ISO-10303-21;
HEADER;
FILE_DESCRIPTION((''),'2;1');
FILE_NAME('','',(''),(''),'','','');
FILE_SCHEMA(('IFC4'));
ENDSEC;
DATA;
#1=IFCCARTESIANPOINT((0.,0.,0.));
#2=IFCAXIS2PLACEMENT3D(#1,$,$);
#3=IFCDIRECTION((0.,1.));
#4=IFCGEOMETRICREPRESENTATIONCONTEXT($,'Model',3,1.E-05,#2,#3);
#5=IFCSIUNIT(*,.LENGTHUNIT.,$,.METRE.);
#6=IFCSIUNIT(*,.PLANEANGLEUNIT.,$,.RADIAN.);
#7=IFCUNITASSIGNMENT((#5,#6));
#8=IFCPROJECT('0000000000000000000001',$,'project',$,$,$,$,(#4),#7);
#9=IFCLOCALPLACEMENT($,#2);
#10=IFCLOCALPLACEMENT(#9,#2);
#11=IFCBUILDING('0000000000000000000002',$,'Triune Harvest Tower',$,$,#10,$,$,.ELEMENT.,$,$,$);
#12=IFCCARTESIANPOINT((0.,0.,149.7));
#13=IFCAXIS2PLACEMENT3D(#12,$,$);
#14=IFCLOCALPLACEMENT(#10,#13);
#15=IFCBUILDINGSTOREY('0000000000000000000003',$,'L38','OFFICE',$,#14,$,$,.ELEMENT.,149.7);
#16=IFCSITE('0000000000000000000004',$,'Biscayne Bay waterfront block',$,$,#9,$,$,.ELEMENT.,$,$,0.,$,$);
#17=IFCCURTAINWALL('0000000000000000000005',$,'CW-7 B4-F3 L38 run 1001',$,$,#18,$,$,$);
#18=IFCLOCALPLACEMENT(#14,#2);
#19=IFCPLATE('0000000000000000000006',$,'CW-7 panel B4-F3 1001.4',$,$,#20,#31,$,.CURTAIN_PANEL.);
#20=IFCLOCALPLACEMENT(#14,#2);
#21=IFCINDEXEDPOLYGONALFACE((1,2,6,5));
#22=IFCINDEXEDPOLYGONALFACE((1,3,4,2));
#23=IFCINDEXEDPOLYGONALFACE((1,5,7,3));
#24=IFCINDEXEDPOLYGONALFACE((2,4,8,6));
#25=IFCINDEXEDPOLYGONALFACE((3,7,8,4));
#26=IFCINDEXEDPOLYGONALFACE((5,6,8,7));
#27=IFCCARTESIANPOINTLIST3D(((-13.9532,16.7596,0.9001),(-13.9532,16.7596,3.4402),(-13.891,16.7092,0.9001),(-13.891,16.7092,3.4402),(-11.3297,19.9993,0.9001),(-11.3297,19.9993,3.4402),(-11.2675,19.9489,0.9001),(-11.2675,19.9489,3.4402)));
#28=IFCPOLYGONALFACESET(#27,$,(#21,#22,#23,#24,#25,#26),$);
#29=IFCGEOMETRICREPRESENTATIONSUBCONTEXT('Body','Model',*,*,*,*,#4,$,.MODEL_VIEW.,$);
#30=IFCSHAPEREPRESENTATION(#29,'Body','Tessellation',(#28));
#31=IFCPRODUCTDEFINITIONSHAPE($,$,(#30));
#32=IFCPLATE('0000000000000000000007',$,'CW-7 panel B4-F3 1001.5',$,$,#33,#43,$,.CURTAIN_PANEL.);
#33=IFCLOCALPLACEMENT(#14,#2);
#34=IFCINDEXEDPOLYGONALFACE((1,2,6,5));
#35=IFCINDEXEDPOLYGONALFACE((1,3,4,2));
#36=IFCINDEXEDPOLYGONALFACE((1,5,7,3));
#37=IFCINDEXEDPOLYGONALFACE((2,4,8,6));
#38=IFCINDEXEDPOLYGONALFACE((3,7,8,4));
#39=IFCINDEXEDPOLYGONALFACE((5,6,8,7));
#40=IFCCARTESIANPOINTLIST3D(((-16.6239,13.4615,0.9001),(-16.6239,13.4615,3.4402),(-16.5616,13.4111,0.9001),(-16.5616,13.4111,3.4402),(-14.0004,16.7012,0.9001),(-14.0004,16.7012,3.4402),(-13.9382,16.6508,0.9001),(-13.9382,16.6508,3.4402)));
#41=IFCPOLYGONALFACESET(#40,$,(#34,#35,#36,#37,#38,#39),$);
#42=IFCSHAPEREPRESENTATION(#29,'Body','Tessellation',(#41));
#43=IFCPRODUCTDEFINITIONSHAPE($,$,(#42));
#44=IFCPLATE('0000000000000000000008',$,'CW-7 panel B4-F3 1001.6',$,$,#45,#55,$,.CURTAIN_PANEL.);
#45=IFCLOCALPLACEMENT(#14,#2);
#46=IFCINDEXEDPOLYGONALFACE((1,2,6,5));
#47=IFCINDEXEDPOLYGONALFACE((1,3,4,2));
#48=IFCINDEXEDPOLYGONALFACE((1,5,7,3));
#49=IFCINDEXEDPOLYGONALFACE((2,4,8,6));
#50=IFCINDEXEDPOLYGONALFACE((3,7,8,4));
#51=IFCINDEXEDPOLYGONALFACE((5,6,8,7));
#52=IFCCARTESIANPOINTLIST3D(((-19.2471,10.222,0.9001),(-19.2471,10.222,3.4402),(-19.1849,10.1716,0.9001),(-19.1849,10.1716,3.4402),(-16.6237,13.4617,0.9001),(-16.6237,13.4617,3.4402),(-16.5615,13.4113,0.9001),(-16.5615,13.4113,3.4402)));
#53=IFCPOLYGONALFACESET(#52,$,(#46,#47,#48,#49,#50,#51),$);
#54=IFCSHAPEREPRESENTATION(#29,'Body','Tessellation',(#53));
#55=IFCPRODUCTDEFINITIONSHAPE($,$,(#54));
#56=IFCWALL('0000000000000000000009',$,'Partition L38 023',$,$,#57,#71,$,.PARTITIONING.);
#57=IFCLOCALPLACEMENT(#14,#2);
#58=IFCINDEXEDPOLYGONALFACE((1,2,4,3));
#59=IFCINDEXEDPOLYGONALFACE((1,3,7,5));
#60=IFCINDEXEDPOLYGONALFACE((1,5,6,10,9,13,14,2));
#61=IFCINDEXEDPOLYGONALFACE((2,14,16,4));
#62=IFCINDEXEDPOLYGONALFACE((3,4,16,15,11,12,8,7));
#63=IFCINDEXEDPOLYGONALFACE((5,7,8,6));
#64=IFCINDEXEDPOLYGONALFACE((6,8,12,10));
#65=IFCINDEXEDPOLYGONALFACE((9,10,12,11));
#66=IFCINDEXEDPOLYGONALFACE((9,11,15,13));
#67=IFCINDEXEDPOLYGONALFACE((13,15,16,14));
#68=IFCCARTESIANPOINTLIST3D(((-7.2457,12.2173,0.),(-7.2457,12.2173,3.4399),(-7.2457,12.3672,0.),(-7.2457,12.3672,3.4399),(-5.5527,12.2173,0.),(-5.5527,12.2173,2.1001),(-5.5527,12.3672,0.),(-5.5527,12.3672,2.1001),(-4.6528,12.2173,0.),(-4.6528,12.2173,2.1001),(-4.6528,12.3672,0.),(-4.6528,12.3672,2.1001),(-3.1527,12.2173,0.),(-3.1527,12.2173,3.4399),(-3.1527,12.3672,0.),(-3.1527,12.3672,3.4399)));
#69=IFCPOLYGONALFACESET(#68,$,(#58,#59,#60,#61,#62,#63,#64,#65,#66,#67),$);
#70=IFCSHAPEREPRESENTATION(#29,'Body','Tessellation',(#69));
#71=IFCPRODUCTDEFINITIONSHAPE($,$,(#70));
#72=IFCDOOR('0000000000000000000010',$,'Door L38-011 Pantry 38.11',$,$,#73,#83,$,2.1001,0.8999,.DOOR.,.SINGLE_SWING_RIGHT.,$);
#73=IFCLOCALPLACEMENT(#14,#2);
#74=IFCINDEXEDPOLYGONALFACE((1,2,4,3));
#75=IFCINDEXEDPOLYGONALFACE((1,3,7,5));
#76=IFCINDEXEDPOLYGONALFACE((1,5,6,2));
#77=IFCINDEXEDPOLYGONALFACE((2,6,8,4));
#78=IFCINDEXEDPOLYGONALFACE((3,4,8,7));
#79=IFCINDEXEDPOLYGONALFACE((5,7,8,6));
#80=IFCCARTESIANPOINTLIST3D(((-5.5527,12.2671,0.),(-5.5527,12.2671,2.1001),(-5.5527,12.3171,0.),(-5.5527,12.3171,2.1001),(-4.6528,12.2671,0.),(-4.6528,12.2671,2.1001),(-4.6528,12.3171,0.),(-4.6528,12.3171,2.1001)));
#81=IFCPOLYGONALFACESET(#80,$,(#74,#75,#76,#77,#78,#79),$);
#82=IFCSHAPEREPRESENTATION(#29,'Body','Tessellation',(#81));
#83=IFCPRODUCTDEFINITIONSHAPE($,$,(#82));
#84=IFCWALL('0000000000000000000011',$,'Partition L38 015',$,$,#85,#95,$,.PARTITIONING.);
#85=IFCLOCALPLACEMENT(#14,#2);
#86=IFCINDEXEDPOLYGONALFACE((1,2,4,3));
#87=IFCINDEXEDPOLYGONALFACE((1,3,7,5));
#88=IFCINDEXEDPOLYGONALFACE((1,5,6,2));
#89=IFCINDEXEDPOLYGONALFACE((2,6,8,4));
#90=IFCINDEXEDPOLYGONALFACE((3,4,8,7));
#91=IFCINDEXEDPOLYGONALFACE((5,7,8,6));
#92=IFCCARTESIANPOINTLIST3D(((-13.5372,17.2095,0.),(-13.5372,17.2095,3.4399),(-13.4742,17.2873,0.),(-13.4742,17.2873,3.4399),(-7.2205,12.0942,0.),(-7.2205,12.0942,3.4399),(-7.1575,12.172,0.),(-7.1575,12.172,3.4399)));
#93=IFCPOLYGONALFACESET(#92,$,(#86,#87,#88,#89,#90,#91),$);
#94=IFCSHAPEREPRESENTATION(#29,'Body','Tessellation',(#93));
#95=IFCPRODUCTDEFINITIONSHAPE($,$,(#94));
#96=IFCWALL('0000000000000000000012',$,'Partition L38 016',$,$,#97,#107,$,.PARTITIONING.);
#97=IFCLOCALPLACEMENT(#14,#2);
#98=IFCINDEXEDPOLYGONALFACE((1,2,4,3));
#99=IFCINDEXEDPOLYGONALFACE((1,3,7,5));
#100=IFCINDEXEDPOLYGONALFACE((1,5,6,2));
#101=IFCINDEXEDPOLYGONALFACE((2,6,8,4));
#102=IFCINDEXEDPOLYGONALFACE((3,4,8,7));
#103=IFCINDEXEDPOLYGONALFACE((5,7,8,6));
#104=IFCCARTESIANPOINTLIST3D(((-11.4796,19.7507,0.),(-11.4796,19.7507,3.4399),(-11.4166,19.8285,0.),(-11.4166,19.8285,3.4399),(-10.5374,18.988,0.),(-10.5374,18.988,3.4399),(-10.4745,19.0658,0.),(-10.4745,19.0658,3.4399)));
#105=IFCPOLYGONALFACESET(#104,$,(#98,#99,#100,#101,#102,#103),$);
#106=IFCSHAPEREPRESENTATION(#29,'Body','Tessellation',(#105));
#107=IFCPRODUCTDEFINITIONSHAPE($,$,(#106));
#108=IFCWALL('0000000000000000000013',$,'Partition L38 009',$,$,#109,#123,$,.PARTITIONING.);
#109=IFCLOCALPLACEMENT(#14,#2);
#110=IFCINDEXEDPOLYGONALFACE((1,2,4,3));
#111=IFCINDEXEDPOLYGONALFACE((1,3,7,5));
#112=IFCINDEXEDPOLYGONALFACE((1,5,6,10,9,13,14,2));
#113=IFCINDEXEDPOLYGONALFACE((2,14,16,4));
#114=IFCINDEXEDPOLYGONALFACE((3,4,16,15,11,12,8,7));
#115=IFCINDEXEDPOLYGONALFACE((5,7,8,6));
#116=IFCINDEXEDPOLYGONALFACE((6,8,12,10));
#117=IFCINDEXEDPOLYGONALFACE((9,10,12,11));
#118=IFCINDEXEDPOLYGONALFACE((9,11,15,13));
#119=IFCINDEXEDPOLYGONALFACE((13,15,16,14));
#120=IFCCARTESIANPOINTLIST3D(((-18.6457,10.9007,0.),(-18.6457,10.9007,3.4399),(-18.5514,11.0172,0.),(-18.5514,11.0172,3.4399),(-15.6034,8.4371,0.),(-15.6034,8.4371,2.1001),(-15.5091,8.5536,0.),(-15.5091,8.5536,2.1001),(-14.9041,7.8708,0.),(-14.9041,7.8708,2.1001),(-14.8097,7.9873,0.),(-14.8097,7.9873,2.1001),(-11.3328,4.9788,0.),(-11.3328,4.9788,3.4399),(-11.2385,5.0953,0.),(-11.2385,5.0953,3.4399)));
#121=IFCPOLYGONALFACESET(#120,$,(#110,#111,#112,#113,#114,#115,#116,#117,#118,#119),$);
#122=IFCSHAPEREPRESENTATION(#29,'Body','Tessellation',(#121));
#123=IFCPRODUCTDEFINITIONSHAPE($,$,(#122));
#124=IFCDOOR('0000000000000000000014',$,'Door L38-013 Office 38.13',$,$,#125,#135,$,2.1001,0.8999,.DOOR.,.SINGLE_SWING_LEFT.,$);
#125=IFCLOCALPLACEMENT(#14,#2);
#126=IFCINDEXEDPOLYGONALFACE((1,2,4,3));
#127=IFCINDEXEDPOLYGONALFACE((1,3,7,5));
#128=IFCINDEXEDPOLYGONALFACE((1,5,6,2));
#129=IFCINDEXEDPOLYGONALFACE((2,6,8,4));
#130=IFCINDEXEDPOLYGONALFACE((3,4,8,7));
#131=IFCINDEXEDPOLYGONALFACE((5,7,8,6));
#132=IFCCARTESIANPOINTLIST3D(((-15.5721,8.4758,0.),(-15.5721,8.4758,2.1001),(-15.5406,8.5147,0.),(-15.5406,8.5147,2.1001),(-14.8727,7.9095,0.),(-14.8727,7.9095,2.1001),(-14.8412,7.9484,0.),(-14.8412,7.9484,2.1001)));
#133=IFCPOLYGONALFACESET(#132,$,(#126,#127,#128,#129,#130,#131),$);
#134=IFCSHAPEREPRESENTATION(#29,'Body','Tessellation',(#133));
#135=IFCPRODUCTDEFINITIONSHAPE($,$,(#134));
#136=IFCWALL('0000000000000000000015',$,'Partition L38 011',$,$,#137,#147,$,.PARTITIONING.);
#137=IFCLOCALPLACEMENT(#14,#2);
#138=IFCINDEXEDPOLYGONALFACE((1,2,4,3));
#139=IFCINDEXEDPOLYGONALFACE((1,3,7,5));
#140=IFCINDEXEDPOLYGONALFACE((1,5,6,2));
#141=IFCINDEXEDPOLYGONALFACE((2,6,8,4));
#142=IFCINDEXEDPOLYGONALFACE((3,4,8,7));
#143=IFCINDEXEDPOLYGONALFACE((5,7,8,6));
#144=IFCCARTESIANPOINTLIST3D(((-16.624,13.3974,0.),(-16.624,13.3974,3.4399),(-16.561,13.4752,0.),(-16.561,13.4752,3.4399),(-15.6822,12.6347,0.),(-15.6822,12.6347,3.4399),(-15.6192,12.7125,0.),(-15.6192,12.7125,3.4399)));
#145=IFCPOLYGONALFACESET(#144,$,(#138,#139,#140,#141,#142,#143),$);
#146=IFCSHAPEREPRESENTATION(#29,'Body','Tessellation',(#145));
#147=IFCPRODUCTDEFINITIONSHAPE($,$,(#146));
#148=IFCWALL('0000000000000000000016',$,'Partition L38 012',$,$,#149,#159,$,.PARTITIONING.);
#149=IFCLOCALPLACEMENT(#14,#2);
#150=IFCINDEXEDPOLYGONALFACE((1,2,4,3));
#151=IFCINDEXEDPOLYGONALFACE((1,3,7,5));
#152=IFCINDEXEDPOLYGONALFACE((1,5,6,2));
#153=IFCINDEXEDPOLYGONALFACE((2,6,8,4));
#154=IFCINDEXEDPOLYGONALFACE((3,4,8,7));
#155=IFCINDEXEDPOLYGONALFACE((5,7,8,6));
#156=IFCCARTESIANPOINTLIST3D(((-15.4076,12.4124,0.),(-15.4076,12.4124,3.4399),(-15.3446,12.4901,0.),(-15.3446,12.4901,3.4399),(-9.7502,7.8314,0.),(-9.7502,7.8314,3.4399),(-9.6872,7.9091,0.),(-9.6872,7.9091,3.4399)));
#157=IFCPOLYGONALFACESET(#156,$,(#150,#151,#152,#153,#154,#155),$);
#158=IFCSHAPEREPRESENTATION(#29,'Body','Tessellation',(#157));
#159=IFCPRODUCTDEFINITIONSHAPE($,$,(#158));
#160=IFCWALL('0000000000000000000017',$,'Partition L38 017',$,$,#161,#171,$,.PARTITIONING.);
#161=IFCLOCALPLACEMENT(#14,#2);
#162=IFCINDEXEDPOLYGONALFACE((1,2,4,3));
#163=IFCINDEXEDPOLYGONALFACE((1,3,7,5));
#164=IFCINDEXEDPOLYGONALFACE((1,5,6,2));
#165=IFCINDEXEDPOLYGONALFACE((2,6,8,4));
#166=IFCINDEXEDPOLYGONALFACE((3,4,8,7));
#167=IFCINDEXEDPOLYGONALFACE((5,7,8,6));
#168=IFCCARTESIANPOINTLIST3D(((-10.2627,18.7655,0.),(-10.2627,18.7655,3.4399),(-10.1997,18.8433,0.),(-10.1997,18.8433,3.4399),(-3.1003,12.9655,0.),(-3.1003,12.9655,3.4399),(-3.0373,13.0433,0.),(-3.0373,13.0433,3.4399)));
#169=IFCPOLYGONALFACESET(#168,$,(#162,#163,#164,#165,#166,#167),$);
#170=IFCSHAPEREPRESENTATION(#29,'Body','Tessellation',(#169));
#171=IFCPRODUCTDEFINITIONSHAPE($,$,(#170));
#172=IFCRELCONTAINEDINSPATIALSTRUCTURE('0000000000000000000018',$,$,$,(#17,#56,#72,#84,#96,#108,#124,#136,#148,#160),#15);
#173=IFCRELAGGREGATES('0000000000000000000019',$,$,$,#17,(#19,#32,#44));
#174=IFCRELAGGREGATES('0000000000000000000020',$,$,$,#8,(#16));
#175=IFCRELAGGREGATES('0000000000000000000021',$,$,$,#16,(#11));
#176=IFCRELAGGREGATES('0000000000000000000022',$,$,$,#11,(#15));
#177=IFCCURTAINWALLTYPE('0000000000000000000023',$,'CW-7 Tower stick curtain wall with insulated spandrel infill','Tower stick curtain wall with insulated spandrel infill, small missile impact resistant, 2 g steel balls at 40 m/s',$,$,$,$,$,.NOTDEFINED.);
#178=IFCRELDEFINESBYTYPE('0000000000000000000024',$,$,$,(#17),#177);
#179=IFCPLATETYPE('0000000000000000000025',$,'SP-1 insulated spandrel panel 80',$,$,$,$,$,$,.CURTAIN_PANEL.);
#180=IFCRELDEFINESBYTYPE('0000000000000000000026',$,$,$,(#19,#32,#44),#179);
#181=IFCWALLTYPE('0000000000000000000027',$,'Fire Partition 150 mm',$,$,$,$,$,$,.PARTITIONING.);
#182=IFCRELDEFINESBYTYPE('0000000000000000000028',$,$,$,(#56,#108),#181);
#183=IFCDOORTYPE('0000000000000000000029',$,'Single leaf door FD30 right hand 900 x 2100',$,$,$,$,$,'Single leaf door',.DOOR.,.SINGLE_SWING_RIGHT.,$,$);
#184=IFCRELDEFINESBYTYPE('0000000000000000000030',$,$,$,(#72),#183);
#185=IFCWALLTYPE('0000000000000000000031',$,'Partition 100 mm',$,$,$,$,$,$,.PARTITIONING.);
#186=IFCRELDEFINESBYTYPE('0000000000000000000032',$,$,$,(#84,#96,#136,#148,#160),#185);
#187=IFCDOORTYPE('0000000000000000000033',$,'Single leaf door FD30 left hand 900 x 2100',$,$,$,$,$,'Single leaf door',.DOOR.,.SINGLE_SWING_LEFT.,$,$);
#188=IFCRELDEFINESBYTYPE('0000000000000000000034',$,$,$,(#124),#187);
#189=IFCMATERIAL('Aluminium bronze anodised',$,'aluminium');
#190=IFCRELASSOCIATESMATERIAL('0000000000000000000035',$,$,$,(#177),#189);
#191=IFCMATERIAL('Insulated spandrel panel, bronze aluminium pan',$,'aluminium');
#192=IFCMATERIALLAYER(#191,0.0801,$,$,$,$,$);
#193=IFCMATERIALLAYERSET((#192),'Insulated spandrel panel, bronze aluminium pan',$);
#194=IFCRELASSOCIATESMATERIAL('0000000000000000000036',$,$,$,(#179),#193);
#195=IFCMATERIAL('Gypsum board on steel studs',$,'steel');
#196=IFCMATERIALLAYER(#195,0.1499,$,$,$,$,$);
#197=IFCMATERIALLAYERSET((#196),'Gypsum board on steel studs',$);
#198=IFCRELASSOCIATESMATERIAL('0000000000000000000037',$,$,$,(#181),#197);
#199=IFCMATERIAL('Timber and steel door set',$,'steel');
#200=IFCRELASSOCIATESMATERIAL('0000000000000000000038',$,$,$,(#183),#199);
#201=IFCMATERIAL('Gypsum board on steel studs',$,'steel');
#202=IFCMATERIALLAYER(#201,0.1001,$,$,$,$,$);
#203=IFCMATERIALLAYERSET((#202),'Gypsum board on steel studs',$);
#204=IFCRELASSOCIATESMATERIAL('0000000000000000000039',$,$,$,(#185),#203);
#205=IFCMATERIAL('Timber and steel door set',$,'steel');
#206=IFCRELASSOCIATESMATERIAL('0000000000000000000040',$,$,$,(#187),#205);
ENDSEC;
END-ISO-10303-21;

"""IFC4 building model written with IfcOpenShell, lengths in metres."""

from ifc_helpers import new_model, si_unit, direction, frame, frame_2d, origin, origin_2d, place, context, subcontext, project, spatial, rectangle, extrude, source, transform, mapped, material, layer, layer_set, type_object, element, fill, aggregate, save


model = new_model("IFC4")

# Units and contexts
model_context = context("Model", 3, precision=1e-05, world=origin(), true_north=direction((0.0, 1.0)))
body_context = subcontext(model_context, "Body", "Model", "MODEL_VIEW")
ifc_project = project(units=[si_unit("LENGTHUNIT", "METRE"), si_unit("PLANEANGLEUNIT", "RADIAN")], contexts=[model_context])

# Site, building, storey
site_placement = place(None, origin())
site = spatial("IfcSite", under=ifc_project, at=site_placement, Name="Biscayne Bay waterfront block", CompositionType="ELEMENT", RefElevation=0.0)
building_placement = place(site_placement, origin())
building = spatial("IfcBuilding", under=site, at=building_placement, Name="Triune Harvest Tower", CompositionType="ELEMENT")
storey_placement = place(building_placement, frame((0.0, 0.0, 149.7)))
storey = spatial("IfcBuildingStorey", under=building, at=storey_placement, Name="L38", Description="OFFICE", CompositionType="ELEMENT", Elevation=149.7)

# Curtain wall, plates
ifc_material_1 = material(Name="Aluminium bronze anodised", Category="aluminium")
curtain_wall_type = type_object("IfcCurtainWallType", Name="CW-7 Tower stick curtain wall with insulated spandrel infill", Description="Tower stick curtain wall with insulated spandrel infill, small missile impact resistant, 2 g steel balls at 40 m/s", PredefinedType="NOTDEFINED", material=ifc_material_1)
curtain_wall_placement = place(storey_placement, origin())
curtain_wall = element("IfcCurtainWall", 1, at=curtain_wall_placement, inside=storey, type_object=curtain_wall_type, Name="CW-7 B4-F3 L38 run 1001")
ifc_material_2 = material(Name="Insulated spandrel panel, bronze aluminium pan", Category="aluminium")
ifc_layer_1 = layer(ifc_material_2, 0.0801)
ifc_layer_set_1 = layer_set([ifc_layer_1], Name="Insulated spandrel panel, bronze aluminium pan")
plate_type = type_object("IfcPlateType", Name="SP-1 insulated spandrel panel 80", PredefinedType="CURTAIN_PANEL", material=ifc_layer_set_1)
shared_shape_1 = source(origin(), body_context, "Body", "SweptSolid", [
    extrude(rectangle(XDim=4.1687, YDim=0.0801, at=origin_2d()), origin(), (0.0, 0.0, 1.0), 2.54),
])
plate_1_placement = place(storey_placement, frame((-12.6104, 18.3542, 0.9001), z_axis=(0.0, 0.0, 1.0), x_axis=(-0.629322, -0.777144, 0.0)))
plate_1 = element("IfcPlate", 2, at=plate_1_placement, type_object=plate_type, Name="CW-7 panel B4-F3 1001.4", PredefinedType="CURTAIN_PANEL", context=body_context, shape_type="MappedRepresentation", body=[
    mapped(shared_shape_1, transform((0.0, 0.0, 0.0), scale=1.0)),
])
plate_2_placement = place(storey_placement, frame((-15.281, 15.0562, 0.9001), z_axis=(0.0, 0.0, 1.0), x_axis=(-0.629322, -0.777144, 0.0)))
plate_2 = element("IfcPlate", 3, at=plate_2_placement, type_object=plate_type, Name="CW-7 panel B4-F3 1001.5", PredefinedType="CURTAIN_PANEL", context=body_context, shape_type="MappedRepresentation", body=[
    mapped(shared_shape_1, transform((0.0, 0.0, 0.0), scale=1.0)),
])
plate_3_placement = place(storey_placement, frame((-17.9043, 11.8167, 0.9001), z_axis=(0.0, 0.0, 1.0), x_axis=(-0.629322, -0.777144, 0.0)))
plate_3 = element("IfcPlate", 4, at=plate_3_placement, type_object=plate_type, Name="CW-7 panel B4-F3 1001.6", PredefinedType="CURTAIN_PANEL", context=body_context, shape_type="MappedRepresentation", body=[
    mapped(shared_shape_1, transform((0.0, 0.0, 0.0), scale=1.0)),
])
aggregate(curtain_wall, [plate_1, plate_2, plate_3])

# Wall, opening, door
ifc_material_3 = material(Name="Gypsum board on steel studs", Category="steel")
ifc_layer_2 = layer(ifc_material_3, 0.1499)
ifc_layer_set_2 = layer_set([ifc_layer_2], Name="Gypsum board on steel studs")
wall_type_1 = type_object("IfcWallType", Name="Fire Partition 150 mm", PredefinedType="PARTITIONING", material=ifc_layer_set_2)
wall_1_placement = place(storey_placement, frame((-7.2456, 12.2922, 0.0), z_axis=(0.0, 0.0, 1.0), x_axis=(1.0, 0.0, 0.0)))
wall_1 = element("IfcWall", 5, at=wall_1_placement, inside=storey, type_object=wall_type_1, Name="Partition L38 023", PredefinedType="PARTITIONING", context=body_context, shape_type="SweptSolid", body=[
    extrude(rectangle(XDim=4.093, YDim=0.1499, at=frame_2d((2.0464, 0.0))), origin(), (0.0, 0.0, 1.0), 3.4399),
])
opening_1_placement = place(wall_1_placement, frame((1.6929, 0.0, 0.0)))
opening_1 = element("IfcOpeningElement", 6, at=opening_1_placement, cuts=wall_1, PredefinedType="OPENING", context=body_context, shape_type="SweptSolid", body=[
    extrude(rectangle(XDim=0.8999, YDim=2.1001, at=frame_2d((0.45, 1.05))), frame((0.0, 0.085, 0.0), z_axis=(0.0, -1.0, 0.0), x_axis=(1.0, 0.0, 0.0)), (0.0, 0.0, 1.0), 0.1699),
])
ifc_material_4 = material(Name="Timber and steel door set", Category="steel")
door_type_1 = type_object("IfcDoorType", Name="Single leaf door FD30 right hand 900 x 2100", ElementType="Single leaf door", OperationType="SINGLE_SWING_RIGHT", PredefinedType="DOOR", material=ifc_material_4)
door_1_placement = place(opening_1_placement, origin())
door_1 = element("IfcDoor", 7, at=door_1_placement, inside=storey, type_object=door_type_1, Name="Door L38-011 Pantry 38.11", OperationType="SINGLE_SWING_RIGHT", OverallHeight=2.1001, OverallWidth=0.8999, PredefinedType="DOOR", context=body_context, shape_type="SweptSolid", body=[
    extrude(rectangle(XDim=0.8999, YDim=2.1001, at=frame_2d((0.45, 1.05))), frame((0.0, 0.0249, 0.0), z_axis=(0.0, -1.0, 0.0), x_axis=(1.0, 0.0, 0.0)), (0.0, 0.0, 1.0), 0.05),
])
fill(opening_1, door_1)

# Walls
ifc_material_5 = material(Name="Gypsum board on steel studs", Category="steel")
ifc_layer_3 = layer(ifc_material_5, 0.1001)
ifc_layer_set_3 = layer_set([ifc_layer_3], Name="Gypsum board on steel studs")
wall_type_2 = type_object("IfcWallType", Name="Partition 100 mm", PredefinedType="PARTITIONING", material=ifc_layer_set_3)
wall_2_placement = place(storey_placement, frame((-13.5056, 17.2483, 0.0), z_axis=(0.0, 0.0, 1.0), x_axis=(0.777139, -0.629329, 0.0)))
element("IfcWall", 8, at=wall_2_placement, inside=storey, type_object=wall_type_2, Name="Partition L38 015", PredefinedType="PARTITIONING", context=body_context, shape_type="SweptSolid", body=[
    extrude(rectangle(XDim=8.1282, YDim=0.1001, at=frame_2d((4.064, 0.0))), origin(), (0.0, 0.0, 1.0), 3.4399),
])
shared_shape_2 = source(origin(), body_context, "Body", "SweptSolid", [
    extrude(rectangle(XDim=1.2122, YDim=0.1001, at=frame_2d((0.606, 0.0))), origin(), (0.0, 0.0, 1.0), 3.4399),
])
wall_3_placement = place(storey_placement, frame((-11.448, 19.7896, 0.0), z_axis=(0.0, 0.0, 1.0), x_axis=(0.77724, -0.629204, 0.0)))
element("IfcWall", 9, at=wall_3_placement, inside=storey, type_object=wall_type_2, Name="Partition L38 016", PredefinedType="PARTITIONING", context=body_context, shape_type="MappedRepresentation", body=[
    mapped(shared_shape_2, transform((0.0, 0.0, 0.0), scale=1.0)),
])

# Wall, opening, door
shared_shape_3 = source(origin(), body_context, "Body", "SweptSolid", [
    extrude(rectangle(XDim=9.4099, YDim=0.1499, at=frame_2d((4.7051, 0.0))), origin(), (0.0, 0.0, 1.0), 3.4399),
])
wall_4_placement = place(storey_placement, frame((-18.5986, 10.959, 0.0), z_axis=(0.0, 0.0, 1.0), x_axis=(0.777149, -0.629316, 0.0)))
wall_4 = element("IfcWall", 10, at=wall_4_placement, inside=storey, type_object=wall_type_1, Name="Partition L38 009", PredefinedType="PARTITIONING", context=body_context, shape_type="MappedRepresentation", body=[
    mapped(shared_shape_3, transform((0.0, 0.0, 0.0), scale=1.0)),
])
opening_2_placement = place(wall_4_placement, frame((3.9148, 0.0, 0.0)))
opening_2 = element("IfcOpeningElement", 11, at=opening_2_placement, cuts=wall_4, PredefinedType="OPENING", context=body_context, shape_type="SweptSolid", body=[
    extrude(rectangle(XDim=0.8999, YDim=2.1001, at=frame_2d((0.45, 1.05))), frame((0.0, 0.085, 0.0), z_axis=(0.0, -1.0, 0.0), x_axis=(1.0, 0.0, 0.0)), (0.0, 0.0, 1.0), 0.1699),
])
ifc_material_6 = material(Name="Timber and steel door set", Category="steel")
door_type_2 = type_object("IfcDoorType", Name="Single leaf door FD30 left hand 900 x 2100", ElementType="Single leaf door", OperationType="SINGLE_SWING_LEFT", PredefinedType="DOOR", material=ifc_material_6)
door_2_placement = place(opening_2_placement, origin())
door_2 = element("IfcDoor", 12, at=door_2_placement, inside=storey, type_object=door_type_2, Name="Door L38-013 Office 38.13", OperationType="SINGLE_SWING_LEFT", OverallHeight=2.1001, OverallWidth=0.8999, PredefinedType="DOOR", context=body_context, shape_type="SweptSolid", body=[
    extrude(rectangle(XDim=0.8999, YDim=2.1001, at=frame_2d((0.45, 1.05))), frame((0.0, 0.0249, 0.0), z_axis=(0.0, -1.0, 0.0), x_axis=(1.0, 0.0, 0.0)), (0.0, 0.0, 1.0), 0.05),
])
fill(opening_2, door_2)

# Walls
shared_shape_4 = source(origin(), body_context, "Body", "SweptSolid", [
    extrude(rectangle(XDim=1.2119, YDim=0.1001, at=frame_2d((0.606, 0.0))), origin(), (0.0, 0.0, 1.0), 3.4399),
])
wall_5_placement = place(storey_placement, frame((-16.5925, 13.4363, 0.0), z_axis=(0.0, 0.0, 1.0), x_axis=(0.77716, -0.629303, 0.0)))
element("IfcWall", 13, at=wall_5_placement, inside=storey, type_object=wall_type_2, Name="Partition L38 011", PredefinedType="PARTITIONING", context=body_context, shape_type="MappedRepresentation", body=[
    mapped(shared_shape_4, transform((0.0, 0.0, 0.0), scale=1.0)),
])
shared_shape_5 = source(origin(), body_context, "Body", "SweptSolid", [
    extrude(rectangle(XDim=7.2795, YDim=0.1001, at=frame_2d((3.6396, 0.0))), origin(), (0.0, 0.0, 1.0), 3.4399),
])
wall_6_placement = place(storey_placement, frame((-15.376, 12.4512, 0.0), z_axis=(0.0, 0.0, 1.0), x_axis=(0.777164, -0.629298, 0.0)))
element("IfcWall", 14, at=wall_6_placement, inside=storey, type_object=wall_type_2, Name="Partition L38 012", PredefinedType="PARTITIONING", context=body_context, shape_type="MappedRepresentation", body=[
    mapped(shared_shape_5, transform((0.0, 0.0, 0.0), scale=1.0)),
])
shared_shape_6 = source(origin(), body_context, "Body", "SweptSolid", [
    extrude(rectangle(XDim=9.2163, YDim=0.1001, at=frame_2d((4.6082, 0.0))), origin(), (0.0, 0.0, 1.0), 3.4399),
])
wall_7_placement = place(storey_placement, frame((-10.2312, 18.8044, 0.0), z_axis=(0.0, 0.0, 1.0), x_axis=(0.777141, -0.629326, 0.0)))
element("IfcWall", 15, at=wall_7_placement, inside=storey, type_object=wall_type_2, Name="Partition L38 017", PredefinedType="PARTITIONING", context=body_context, shape_type="MappedRepresentation", body=[
    mapped(shared_shape_6, transform((0.0, 0.0, 0.0), scale=1.0)),
])

save(model, "model.ifc")
